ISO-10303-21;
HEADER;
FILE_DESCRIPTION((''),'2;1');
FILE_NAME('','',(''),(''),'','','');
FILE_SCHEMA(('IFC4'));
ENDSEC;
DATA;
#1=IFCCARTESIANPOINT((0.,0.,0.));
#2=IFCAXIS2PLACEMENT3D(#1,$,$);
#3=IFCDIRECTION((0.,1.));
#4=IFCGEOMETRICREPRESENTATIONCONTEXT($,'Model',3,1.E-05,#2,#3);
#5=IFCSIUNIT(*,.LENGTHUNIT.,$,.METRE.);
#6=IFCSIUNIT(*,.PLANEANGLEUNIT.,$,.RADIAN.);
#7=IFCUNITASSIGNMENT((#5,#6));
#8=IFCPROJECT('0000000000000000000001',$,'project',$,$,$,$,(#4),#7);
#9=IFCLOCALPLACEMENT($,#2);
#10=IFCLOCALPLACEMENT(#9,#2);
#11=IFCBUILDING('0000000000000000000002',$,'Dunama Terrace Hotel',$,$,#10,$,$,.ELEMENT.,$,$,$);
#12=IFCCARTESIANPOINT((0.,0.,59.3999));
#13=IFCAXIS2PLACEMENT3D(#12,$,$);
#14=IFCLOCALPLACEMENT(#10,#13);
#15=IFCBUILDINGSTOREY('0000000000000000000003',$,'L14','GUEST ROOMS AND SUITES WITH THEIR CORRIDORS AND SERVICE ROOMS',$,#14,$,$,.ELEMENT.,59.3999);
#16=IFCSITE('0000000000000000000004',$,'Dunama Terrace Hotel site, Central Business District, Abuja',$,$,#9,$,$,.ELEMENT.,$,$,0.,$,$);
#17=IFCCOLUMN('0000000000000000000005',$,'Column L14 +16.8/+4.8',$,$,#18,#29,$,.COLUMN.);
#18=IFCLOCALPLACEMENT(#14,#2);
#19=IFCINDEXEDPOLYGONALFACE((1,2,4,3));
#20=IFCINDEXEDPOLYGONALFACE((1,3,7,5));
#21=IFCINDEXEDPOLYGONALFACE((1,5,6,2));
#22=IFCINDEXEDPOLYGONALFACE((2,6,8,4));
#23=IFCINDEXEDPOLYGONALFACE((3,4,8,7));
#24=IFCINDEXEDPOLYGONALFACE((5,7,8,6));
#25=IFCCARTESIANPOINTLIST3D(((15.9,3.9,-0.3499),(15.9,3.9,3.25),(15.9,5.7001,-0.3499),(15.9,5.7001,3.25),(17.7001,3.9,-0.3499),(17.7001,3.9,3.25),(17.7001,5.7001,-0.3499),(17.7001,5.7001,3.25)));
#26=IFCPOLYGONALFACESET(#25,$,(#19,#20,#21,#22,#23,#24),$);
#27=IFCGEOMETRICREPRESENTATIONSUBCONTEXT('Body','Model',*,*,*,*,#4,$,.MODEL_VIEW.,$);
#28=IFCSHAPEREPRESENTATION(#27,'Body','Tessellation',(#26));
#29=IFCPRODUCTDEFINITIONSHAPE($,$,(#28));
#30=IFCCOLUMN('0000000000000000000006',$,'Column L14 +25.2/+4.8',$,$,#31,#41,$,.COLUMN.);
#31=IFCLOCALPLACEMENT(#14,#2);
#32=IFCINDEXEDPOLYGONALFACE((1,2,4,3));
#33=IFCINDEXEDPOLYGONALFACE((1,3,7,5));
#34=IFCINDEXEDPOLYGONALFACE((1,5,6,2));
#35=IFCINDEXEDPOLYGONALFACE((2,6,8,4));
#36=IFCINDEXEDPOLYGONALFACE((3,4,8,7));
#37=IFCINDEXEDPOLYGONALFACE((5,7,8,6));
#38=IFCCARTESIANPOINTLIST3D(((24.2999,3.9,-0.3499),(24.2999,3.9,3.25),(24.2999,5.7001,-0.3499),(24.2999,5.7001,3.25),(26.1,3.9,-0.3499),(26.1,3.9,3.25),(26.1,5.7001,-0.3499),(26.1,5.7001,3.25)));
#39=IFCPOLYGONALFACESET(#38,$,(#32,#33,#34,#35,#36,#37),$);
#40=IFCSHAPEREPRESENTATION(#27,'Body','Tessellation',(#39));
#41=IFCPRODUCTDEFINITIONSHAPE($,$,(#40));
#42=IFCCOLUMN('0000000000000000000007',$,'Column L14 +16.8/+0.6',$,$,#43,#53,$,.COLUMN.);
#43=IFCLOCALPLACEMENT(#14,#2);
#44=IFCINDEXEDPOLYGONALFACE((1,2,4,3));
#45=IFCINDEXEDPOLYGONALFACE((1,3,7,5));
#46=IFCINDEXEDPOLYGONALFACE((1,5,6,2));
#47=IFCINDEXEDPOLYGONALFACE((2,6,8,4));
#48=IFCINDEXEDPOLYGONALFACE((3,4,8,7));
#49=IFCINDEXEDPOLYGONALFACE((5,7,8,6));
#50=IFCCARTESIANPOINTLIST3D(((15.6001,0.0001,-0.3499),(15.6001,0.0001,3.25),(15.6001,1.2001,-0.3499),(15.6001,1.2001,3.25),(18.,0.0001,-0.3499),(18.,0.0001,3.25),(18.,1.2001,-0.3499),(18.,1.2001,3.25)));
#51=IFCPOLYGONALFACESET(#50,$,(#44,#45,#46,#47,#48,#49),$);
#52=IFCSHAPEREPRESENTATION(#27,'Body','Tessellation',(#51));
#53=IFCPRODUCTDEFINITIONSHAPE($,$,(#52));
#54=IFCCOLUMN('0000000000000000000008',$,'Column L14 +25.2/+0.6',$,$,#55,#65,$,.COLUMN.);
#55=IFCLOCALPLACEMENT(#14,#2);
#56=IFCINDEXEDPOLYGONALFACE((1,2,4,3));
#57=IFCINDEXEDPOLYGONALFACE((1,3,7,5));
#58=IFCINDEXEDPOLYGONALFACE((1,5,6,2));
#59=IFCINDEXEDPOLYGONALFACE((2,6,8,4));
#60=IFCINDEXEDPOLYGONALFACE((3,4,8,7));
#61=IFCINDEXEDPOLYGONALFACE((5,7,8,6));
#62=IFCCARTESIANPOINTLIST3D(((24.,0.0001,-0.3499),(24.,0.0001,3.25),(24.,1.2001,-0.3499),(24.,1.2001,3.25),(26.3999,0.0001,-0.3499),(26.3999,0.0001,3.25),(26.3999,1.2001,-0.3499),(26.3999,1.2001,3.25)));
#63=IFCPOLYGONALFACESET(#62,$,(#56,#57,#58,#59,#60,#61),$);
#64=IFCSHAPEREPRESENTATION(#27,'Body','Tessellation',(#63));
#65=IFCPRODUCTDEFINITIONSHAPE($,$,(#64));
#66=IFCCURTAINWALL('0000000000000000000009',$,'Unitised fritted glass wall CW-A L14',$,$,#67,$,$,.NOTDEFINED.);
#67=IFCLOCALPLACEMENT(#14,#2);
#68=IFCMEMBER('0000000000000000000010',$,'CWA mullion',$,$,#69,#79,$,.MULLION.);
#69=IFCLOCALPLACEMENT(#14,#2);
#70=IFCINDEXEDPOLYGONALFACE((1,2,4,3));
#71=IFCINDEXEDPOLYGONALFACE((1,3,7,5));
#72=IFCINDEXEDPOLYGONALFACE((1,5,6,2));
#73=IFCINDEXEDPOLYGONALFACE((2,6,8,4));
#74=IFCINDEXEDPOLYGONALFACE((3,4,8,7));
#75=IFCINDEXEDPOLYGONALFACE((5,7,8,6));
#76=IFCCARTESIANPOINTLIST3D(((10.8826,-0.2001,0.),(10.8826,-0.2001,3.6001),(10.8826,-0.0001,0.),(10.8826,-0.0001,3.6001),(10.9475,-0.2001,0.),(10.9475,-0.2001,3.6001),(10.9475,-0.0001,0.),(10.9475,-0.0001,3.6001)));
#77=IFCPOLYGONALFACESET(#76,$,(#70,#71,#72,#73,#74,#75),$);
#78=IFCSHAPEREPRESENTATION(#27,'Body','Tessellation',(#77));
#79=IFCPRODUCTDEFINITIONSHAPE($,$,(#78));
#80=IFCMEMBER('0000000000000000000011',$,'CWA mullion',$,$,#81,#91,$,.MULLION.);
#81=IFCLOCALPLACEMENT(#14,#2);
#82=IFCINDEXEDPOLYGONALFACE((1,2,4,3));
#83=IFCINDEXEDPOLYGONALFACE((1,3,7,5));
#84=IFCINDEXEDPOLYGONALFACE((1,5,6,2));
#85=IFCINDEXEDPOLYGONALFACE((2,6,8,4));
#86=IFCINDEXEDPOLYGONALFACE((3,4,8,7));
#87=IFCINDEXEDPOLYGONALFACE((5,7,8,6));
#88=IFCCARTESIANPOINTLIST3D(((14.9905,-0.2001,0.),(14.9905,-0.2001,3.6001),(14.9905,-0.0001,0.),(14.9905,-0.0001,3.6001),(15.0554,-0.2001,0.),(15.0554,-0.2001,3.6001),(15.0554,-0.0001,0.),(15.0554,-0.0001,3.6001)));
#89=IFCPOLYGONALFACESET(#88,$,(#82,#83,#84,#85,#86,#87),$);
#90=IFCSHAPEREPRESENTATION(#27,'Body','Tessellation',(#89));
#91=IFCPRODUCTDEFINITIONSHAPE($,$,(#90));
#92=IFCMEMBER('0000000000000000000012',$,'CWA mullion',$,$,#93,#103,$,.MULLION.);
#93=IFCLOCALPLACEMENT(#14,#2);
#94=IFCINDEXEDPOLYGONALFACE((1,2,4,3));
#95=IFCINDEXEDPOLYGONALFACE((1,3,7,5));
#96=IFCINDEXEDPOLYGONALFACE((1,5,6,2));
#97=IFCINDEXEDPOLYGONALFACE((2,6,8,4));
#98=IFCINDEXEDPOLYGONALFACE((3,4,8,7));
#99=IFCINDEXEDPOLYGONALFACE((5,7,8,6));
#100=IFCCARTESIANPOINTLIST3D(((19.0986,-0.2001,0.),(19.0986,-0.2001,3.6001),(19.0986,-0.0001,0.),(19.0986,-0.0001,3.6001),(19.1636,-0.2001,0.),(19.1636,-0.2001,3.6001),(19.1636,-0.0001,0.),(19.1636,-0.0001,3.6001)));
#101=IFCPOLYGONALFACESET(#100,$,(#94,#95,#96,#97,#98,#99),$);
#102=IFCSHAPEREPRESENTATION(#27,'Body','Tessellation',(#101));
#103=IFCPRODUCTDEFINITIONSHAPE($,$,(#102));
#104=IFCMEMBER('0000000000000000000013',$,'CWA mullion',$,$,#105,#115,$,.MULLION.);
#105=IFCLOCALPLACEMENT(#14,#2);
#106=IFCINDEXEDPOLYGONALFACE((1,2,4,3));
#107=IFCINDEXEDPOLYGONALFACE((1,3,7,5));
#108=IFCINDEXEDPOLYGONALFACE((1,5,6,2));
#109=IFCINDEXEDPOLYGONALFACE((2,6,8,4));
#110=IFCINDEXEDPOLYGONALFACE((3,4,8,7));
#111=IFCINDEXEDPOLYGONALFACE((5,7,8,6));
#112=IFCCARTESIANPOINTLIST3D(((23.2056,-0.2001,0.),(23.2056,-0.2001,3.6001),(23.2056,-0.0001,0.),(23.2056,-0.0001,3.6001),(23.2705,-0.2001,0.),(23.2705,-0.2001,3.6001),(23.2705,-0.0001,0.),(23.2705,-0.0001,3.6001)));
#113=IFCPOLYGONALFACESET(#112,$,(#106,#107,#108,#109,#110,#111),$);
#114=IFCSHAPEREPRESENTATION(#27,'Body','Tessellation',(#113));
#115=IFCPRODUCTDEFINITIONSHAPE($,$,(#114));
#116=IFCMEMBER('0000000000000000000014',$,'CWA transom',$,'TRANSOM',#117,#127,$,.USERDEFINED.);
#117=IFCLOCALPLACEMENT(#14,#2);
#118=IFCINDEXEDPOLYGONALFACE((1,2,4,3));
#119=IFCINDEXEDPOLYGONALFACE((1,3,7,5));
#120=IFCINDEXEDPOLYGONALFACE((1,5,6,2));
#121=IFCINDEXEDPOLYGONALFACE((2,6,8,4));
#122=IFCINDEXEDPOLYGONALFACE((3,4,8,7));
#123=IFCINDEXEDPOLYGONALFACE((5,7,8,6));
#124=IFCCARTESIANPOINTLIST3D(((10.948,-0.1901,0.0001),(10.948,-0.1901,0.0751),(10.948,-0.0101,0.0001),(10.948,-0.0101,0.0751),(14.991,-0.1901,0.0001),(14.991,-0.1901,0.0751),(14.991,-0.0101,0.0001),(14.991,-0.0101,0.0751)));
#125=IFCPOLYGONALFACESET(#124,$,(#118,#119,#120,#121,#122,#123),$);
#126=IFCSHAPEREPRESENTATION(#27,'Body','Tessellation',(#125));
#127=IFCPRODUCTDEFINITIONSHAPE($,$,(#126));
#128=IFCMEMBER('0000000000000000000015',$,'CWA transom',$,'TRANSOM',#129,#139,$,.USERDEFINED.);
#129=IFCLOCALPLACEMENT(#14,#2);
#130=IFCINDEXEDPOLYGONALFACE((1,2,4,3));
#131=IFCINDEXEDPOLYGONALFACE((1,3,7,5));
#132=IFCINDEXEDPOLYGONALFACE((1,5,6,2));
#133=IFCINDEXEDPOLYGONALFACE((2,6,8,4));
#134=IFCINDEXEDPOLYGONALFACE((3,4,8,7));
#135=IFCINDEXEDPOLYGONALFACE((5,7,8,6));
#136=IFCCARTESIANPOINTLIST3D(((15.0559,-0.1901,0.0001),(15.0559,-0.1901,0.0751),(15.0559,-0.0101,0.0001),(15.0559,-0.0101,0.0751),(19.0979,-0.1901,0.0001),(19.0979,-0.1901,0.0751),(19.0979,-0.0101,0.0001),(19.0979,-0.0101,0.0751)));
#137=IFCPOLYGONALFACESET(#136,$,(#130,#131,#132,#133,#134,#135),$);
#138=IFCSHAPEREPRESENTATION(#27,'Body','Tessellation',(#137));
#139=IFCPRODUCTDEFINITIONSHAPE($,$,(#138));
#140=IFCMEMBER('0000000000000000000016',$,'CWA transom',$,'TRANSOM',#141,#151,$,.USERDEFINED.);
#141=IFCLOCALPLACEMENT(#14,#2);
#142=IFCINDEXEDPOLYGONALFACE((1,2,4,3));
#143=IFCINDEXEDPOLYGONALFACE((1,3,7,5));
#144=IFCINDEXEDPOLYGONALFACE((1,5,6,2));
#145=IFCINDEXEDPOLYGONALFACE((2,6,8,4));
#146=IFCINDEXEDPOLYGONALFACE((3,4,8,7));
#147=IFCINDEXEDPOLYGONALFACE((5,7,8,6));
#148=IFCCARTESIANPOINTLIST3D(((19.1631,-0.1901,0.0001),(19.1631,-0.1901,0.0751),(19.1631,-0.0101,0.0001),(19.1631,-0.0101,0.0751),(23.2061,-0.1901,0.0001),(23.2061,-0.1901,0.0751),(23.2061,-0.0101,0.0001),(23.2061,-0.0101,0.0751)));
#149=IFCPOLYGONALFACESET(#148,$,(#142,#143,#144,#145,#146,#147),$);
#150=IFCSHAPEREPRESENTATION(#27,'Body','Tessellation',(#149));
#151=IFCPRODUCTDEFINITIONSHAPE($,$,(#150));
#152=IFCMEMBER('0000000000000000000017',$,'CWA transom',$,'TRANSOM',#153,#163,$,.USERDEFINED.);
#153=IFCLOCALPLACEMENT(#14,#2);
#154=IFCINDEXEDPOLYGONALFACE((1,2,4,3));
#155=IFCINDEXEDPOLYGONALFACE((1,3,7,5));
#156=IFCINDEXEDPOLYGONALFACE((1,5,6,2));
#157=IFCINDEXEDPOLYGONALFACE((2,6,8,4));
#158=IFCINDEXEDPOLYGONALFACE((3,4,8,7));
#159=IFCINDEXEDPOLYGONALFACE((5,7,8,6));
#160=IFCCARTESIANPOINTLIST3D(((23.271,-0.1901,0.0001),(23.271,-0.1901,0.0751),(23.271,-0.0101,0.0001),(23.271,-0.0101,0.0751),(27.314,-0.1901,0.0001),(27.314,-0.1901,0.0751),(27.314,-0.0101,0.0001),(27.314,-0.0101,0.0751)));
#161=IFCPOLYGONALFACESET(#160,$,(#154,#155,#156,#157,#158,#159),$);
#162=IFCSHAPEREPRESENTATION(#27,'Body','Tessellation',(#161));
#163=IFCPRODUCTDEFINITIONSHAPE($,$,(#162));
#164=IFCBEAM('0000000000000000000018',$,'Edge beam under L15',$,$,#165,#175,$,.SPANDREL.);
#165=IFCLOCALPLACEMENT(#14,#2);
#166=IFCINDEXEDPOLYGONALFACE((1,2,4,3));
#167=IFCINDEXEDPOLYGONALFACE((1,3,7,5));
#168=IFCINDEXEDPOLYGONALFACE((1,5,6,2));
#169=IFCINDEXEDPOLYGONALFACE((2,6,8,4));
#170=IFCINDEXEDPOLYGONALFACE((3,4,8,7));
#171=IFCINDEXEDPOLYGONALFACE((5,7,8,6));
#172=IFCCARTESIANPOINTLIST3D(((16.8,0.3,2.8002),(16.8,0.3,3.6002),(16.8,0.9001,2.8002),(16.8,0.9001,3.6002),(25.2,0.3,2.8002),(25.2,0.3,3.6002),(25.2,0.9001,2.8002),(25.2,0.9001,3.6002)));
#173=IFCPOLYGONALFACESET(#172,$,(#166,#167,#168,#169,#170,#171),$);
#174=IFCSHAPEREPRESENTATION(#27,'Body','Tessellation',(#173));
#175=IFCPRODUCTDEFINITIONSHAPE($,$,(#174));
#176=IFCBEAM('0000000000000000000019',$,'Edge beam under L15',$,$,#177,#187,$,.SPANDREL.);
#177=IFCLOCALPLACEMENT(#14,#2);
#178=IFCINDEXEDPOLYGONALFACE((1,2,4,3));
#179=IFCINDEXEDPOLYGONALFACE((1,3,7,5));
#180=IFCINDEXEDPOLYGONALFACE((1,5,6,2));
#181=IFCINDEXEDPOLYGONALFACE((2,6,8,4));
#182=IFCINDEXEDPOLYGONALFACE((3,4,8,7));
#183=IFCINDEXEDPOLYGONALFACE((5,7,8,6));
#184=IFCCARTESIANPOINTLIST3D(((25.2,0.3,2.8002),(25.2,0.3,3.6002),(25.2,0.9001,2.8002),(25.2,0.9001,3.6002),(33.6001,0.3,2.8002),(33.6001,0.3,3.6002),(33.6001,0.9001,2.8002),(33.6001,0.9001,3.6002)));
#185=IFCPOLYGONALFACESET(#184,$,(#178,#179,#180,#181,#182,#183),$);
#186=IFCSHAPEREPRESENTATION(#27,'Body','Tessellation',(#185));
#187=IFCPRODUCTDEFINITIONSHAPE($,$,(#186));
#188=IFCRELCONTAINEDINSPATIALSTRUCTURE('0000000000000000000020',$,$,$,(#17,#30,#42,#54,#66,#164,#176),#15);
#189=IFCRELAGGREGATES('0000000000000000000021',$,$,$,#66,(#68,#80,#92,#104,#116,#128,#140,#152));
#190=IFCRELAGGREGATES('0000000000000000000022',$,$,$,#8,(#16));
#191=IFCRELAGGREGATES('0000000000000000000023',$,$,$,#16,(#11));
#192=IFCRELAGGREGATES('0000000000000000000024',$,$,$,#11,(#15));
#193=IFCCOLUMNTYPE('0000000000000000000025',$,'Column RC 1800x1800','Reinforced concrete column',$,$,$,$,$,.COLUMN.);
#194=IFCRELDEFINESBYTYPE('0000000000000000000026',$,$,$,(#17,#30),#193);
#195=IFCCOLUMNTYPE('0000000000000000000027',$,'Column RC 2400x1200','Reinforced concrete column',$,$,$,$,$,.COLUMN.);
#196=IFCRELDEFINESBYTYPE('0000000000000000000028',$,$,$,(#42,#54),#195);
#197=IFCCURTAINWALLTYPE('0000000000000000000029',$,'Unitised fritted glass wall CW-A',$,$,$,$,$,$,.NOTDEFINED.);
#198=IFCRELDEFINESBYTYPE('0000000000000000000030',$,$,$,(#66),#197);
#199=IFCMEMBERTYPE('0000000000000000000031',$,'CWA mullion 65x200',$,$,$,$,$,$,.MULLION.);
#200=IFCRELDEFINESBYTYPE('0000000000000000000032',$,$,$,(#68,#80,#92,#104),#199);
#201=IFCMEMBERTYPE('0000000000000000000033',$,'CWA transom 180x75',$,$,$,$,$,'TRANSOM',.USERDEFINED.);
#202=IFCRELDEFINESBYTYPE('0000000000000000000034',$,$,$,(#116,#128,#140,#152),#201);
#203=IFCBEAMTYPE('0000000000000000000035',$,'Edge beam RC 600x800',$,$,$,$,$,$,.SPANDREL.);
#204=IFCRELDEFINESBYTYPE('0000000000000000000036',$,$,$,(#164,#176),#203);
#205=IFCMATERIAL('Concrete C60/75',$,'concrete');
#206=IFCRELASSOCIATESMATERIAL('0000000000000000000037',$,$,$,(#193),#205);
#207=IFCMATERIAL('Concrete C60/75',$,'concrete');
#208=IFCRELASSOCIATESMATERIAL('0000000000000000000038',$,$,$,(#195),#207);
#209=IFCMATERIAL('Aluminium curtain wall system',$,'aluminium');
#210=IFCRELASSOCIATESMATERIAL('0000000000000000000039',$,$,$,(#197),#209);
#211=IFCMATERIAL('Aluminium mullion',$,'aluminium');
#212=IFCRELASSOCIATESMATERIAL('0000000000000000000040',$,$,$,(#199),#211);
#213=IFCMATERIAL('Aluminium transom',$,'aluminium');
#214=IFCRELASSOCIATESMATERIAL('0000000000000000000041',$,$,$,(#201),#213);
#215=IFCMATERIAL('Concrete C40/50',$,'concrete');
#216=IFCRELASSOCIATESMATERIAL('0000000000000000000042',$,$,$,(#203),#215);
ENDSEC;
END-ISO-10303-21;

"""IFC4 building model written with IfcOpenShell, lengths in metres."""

from ifc_helpers import new_model, si_unit, direction, frame, origin, origin_2d, place, context, subcontext, project, spatial, rectangle, extrude, material, material_profile, profile_set, type_object, element, aggregate, save


model = new_model("IFC4")

# Units and contexts
model_context = context("Model", 3, precision=1e-05, world=origin(), true_north=direction((0.0, 1.0)))
body_context = subcontext(model_context, "Body", "Model", "MODEL_VIEW")
ifc_project = project(units=[si_unit("LENGTHUNIT", "METRE"), si_unit("PLANEANGLEUNIT", "RADIAN")], contexts=[model_context])

# Site, building, storey
site_placement = place(None, origin())
site = spatial("IfcSite", under=ifc_project, at=site_placement, Name="Dunama Terrace Hotel site, Central Business District, Abuja", CompositionType="ELEMENT", RefElevation=0.0)
building_placement = place(site_placement, origin())
building = spatial("IfcBuilding", under=site, at=building_placement, Name="Dunama Terrace Hotel", CompositionType="ELEMENT")
storey_placement = place(building_placement, frame((0.0, 0.0, 59.3999)))
storey = spatial("IfcBuildingStorey", under=building, at=storey_placement, Name="L14", Description="GUEST ROOMS AND SUITES WITH THEIR CORRIDORS AND SERVICE ROOMS", CompositionType="ELEMENT", Elevation=59.3999)

# Columns
ifc_material_1 = material(Name="Concrete C60/75", Category="concrete")
ifc_material_profile_1 = material_profile(ifc_material_1, rectangle(XDim=1.8, YDim=1.8, at=origin_2d()), Name="RC 1800x1800")
ifc_profile_set_1 = profile_set([ifc_material_profile_1], Name="Concrete C60/75")
column_type_1 = type_object("IfcColumnType", Name="Column RC 1800x1800", Description="Reinforced concrete column", PredefinedType="COLUMN", material=ifc_profile_set_1)
for number, where, z_axis, x_axis, name in (
    (1, (16.8, 4.8, -0.3499), (0.0, 0.0, 1.0), (1.0, 0.0, 0.0), "Column L14 +16.8/+4.8"),
    (2, (25.2, 4.8, -0.3499), (0.0, 0.0, 1.0), (1.0, 0.0, 0.0), "Column L14 +25.2/+4.8"),
):
    element("IfcColumn", number, at=place(storey_placement, frame(where, z_axis=z_axis, x_axis=x_axis)), inside=storey, type_object=column_type_1, Name=name, PredefinedType="COLUMN", context=body_context, shape_type="SweptSolid", body=[
        extrude(rectangle(XDim=1.8, YDim=1.8, at=origin_2d()), origin(), (0.0, 0.0, 1.0), 3.5999),
    ])
ifc_material_2 = material(Name="Concrete C60/75", Category="concrete")
ifc_material_profile_2 = material_profile(ifc_material_2, rectangle(XDim=2.3999, YDim=1.2, at=origin_2d()), Name="RC 2400x1200")
ifc_profile_set_2 = profile_set([ifc_material_profile_2], Name="Concrete C60/75")
column_type_2 = type_object("IfcColumnType", Name="Column RC 2400x1200", Description="Reinforced concrete column", PredefinedType="COLUMN", material=ifc_profile_set_2)
for number, where, z_axis, x_axis, name in (
    (3, (16.8, 0.6001, -0.3499), (0.0, 0.0, 1.0), (1.0, 0.0, 0.0), "Column L14 +16.8/+0.6"),
    (4, (25.2, 0.6001, -0.3499), (0.0, 0.0, 1.0), (1.0, 0.0, 0.0), "Column L14 +25.2/+0.6"),
):
    element("IfcColumn", number, at=place(storey_placement, frame(where, z_axis=z_axis, x_axis=x_axis)), inside=storey, type_object=column_type_2, Name=name, PredefinedType="COLUMN", context=body_context, shape_type="SweptSolid", body=[
        extrude(rectangle(XDim=2.3999, YDim=1.2, at=origin_2d()), origin(), (0.0, 0.0, 1.0), 3.5999),
    ])

# Curtain wall, members
ifc_material_3 = material(Name="Aluminium curtain wall system", Category="aluminium")
curtain_wall_type = type_object("IfcCurtainWallType", Name="Unitised fritted glass wall CW-A", PredefinedType="NOTDEFINED", material=ifc_material_3)
curtain_wall_placement = place(storey_placement, origin())
curtain_wall = element("IfcCurtainWall", 5, at=curtain_wall_placement, inside=storey, type_object=curtain_wall_type, Name="Unitised fritted glass wall CW-A L14", PredefinedType="NOTDEFINED")
ifc_material_4 = material(Name="Aluminium mullion", Category="aluminium")
ifc_material_profile_3 = material_profile(ifc_material_4, rectangle(XDim=0.0649, YDim=0.2, at=origin_2d()), Name="CWA MULLION 65X200")
ifc_profile_set_3 = profile_set([ifc_material_profile_3], Name="Aluminium mullion")
member_type_1 = type_object("IfcMemberType", Name="CWA mullion 65x200", PredefinedType="MULLION", material=ifc_profile_set_3)
member_1_placement = place(storey_placement, frame((10.915, -0.1001, 0.0), z_axis=(0.0, 0.0, 1.0), x_axis=(1.0, 0.0, 0.0)))
member_1 = element("IfcMember", 6, at=member_1_placement, type_object=member_type_1, Name="CWA mullion", PredefinedType="MULLION", context=body_context, shape_type="SweptSolid", body=[
    extrude(rectangle(XDim=0.0649, YDim=0.2, at=origin_2d()), origin(), (0.0, 0.0, 1.0), 3.6001),
])
member_2_placement = place(storey_placement, frame((15.0229, -0.1001, 0.0), z_axis=(0.0, 0.0, 1.0), x_axis=(1.0, 0.0, 0.0)))
member_2 = element("IfcMember", 7, at=member_2_placement, type_object=member_type_1, Name="CWA mullion", PredefinedType="MULLION", context=body_context, shape_type="SweptSolid", body=[
    extrude(rectangle(XDim=0.0649, YDim=0.2, at=origin_2d()), origin(), (0.0, 0.0, 1.0), 3.6001),
])
member_3_placement = place(storey_placement, frame((19.1311, -0.1001, 0.0), z_axis=(0.0, 0.0, 1.0), x_axis=(1.0, 0.0, 0.0)))
member_3 = element("IfcMember", 8, at=member_3_placement, type_object=member_type_1, Name="CWA mullion", PredefinedType="MULLION", context=body_context, shape_type="SweptSolid", body=[
    extrude(rectangle(XDim=0.0649, YDim=0.2, at=origin_2d()), origin(), (0.0, 0.0, 1.0), 3.6001),
])
member_4_placement = place(storey_placement, frame((23.238, -0.1001, 0.0), z_axis=(0.0, 0.0, 1.0), x_axis=(1.0, 0.0, 0.0)))
member_4 = element("IfcMember", 9, at=member_4_placement, type_object=member_type_1, Name="CWA mullion", PredefinedType="MULLION", context=body_context, shape_type="SweptSolid", body=[
    extrude(rectangle(XDim=0.0649, YDim=0.2, at=origin_2d()), origin(), (0.0, 0.0, 1.0), 3.6001),
])
ifc_material_5 = material(Name="Aluminium transom", Category="aluminium")
ifc_material_profile_4 = material_profile(ifc_material_5, rectangle(XDim=0.1799, YDim=0.075, at=origin_2d()), Name="CWA TRANSOM 180X75")
ifc_profile_set_4 = profile_set([ifc_material_profile_4], Name="Aluminium transom")
member_type_2 = type_object("IfcMemberType", Name="CWA transom 180x75", ElementType="TRANSOM", PredefinedType="USERDEFINED", material=ifc_profile_set_4)
member_5_placement = place(storey_placement, frame((10.948, -0.1001, 0.0376), z_axis=(1.0, 0.0, 0.0), x_axis=(0.0, 1.0, 0.0)))
member_5 = element("IfcMember", 10, at=member_5_placement, type_object=member_type_2, Name="CWA transom", ObjectType="TRANSOM", PredefinedType="USERDEFINED", context=body_context, shape_type="SweptSolid", body=[
    extrude(rectangle(XDim=0.1799, YDim=0.075, at=origin_2d()), origin(), (0.0, 0.0, 1.0), 4.043),
])
member_6_placement = place(storey_placement, frame((15.0559, -0.1001, 0.0376), z_axis=(1.0, 0.0, 0.0), x_axis=(0.0, 1.0, 0.0)))
member_6 = element("IfcMember", 11, at=member_6_placement, type_object=member_type_2, Name="CWA transom", ObjectType="TRANSOM", PredefinedType="USERDEFINED", context=body_context, shape_type="SweptSolid", body=[
    extrude(rectangle(XDim=0.1799, YDim=0.075, at=origin_2d()), origin(), (0.0, 0.0, 1.0), 4.042),
])
member_7_placement = place(storey_placement, frame((19.1631, -0.1001, 0.0376), z_axis=(1.0, 0.0, 0.0), x_axis=(0.0, 1.0, 0.0)))
member_7 = element("IfcMember", 12, at=member_7_placement, type_object=member_type_2, Name="CWA transom", ObjectType="TRANSOM", PredefinedType="USERDEFINED", context=body_context, shape_type="SweptSolid", body=[
    extrude(rectangle(XDim=0.1799, YDim=0.075, at=origin_2d()), origin(), (0.0, 0.0, 1.0), 4.043),
])
member_8_placement = place(storey_placement, frame((23.271, -0.1001, 0.0376), z_axis=(1.0, 0.0, 0.0), x_axis=(0.0, 1.0, 0.0)))
member_8 = element("IfcMember", 13, at=member_8_placement, type_object=member_type_2, Name="CWA transom", ObjectType="TRANSOM", PredefinedType="USERDEFINED", context=body_context, shape_type="SweptSolid", body=[
    extrude(rectangle(XDim=0.1799, YDim=0.075, at=origin_2d()), origin(), (0.0, 0.0, 1.0), 4.043),
])

# Beams
ifc_material_6 = material(Name="Concrete C40/50", Category="concrete")
ifc_material_profile_5 = material_profile(ifc_material_6, rectangle(XDim=0.6001, YDim=0.8, at=origin_2d()), Name="RC 600x800")
ifc_profile_set_5 = profile_set([ifc_material_profile_5], Name="Concrete C40/50")
beam_type = type_object("IfcBeamType", Name="Edge beam RC 600x800", PredefinedType="SPANDREL", material=ifc_profile_set_5)
beam_1_placement = place(storey_placement, frame((16.8, 0.6001, 3.2002), z_axis=(1.0, 0.0, 0.0), x_axis=(0.0, 1.0, 0.0)))
element("IfcBeam", 14, at=beam_1_placement, inside=storey, type_object=beam_type, Name="Edge beam under L15", PredefinedType="SPANDREL", context=body_context, shape_type="SweptSolid", body=[
    extrude(rectangle(XDim=0.6001, YDim=0.8, at=origin_2d()), origin(), (0.0, 0.0, 1.0), 8.3999),
])
beam_2_placement = place(storey_placement, frame((25.2, 0.6001, 3.2002), z_axis=(1.0, 0.0, 0.0), x_axis=(0.0, 1.0, 0.0)))
element("IfcBeam", 15, at=beam_2_placement, inside=storey, type_object=beam_type, Name="Edge beam under L15", PredefinedType="SPANDREL", context=body_context, shape_type="SweptSolid", body=[
    extrude(rectangle(XDim=0.6001, YDim=0.8, at=origin_2d()), origin(), (0.0, 0.0, 1.0), 8.4001),
])

aggregate(curtain_wall, [member_1, member_2, member_3, member_4, member_5, member_6, member_7, member_8])

save(model, "model.ifc")
